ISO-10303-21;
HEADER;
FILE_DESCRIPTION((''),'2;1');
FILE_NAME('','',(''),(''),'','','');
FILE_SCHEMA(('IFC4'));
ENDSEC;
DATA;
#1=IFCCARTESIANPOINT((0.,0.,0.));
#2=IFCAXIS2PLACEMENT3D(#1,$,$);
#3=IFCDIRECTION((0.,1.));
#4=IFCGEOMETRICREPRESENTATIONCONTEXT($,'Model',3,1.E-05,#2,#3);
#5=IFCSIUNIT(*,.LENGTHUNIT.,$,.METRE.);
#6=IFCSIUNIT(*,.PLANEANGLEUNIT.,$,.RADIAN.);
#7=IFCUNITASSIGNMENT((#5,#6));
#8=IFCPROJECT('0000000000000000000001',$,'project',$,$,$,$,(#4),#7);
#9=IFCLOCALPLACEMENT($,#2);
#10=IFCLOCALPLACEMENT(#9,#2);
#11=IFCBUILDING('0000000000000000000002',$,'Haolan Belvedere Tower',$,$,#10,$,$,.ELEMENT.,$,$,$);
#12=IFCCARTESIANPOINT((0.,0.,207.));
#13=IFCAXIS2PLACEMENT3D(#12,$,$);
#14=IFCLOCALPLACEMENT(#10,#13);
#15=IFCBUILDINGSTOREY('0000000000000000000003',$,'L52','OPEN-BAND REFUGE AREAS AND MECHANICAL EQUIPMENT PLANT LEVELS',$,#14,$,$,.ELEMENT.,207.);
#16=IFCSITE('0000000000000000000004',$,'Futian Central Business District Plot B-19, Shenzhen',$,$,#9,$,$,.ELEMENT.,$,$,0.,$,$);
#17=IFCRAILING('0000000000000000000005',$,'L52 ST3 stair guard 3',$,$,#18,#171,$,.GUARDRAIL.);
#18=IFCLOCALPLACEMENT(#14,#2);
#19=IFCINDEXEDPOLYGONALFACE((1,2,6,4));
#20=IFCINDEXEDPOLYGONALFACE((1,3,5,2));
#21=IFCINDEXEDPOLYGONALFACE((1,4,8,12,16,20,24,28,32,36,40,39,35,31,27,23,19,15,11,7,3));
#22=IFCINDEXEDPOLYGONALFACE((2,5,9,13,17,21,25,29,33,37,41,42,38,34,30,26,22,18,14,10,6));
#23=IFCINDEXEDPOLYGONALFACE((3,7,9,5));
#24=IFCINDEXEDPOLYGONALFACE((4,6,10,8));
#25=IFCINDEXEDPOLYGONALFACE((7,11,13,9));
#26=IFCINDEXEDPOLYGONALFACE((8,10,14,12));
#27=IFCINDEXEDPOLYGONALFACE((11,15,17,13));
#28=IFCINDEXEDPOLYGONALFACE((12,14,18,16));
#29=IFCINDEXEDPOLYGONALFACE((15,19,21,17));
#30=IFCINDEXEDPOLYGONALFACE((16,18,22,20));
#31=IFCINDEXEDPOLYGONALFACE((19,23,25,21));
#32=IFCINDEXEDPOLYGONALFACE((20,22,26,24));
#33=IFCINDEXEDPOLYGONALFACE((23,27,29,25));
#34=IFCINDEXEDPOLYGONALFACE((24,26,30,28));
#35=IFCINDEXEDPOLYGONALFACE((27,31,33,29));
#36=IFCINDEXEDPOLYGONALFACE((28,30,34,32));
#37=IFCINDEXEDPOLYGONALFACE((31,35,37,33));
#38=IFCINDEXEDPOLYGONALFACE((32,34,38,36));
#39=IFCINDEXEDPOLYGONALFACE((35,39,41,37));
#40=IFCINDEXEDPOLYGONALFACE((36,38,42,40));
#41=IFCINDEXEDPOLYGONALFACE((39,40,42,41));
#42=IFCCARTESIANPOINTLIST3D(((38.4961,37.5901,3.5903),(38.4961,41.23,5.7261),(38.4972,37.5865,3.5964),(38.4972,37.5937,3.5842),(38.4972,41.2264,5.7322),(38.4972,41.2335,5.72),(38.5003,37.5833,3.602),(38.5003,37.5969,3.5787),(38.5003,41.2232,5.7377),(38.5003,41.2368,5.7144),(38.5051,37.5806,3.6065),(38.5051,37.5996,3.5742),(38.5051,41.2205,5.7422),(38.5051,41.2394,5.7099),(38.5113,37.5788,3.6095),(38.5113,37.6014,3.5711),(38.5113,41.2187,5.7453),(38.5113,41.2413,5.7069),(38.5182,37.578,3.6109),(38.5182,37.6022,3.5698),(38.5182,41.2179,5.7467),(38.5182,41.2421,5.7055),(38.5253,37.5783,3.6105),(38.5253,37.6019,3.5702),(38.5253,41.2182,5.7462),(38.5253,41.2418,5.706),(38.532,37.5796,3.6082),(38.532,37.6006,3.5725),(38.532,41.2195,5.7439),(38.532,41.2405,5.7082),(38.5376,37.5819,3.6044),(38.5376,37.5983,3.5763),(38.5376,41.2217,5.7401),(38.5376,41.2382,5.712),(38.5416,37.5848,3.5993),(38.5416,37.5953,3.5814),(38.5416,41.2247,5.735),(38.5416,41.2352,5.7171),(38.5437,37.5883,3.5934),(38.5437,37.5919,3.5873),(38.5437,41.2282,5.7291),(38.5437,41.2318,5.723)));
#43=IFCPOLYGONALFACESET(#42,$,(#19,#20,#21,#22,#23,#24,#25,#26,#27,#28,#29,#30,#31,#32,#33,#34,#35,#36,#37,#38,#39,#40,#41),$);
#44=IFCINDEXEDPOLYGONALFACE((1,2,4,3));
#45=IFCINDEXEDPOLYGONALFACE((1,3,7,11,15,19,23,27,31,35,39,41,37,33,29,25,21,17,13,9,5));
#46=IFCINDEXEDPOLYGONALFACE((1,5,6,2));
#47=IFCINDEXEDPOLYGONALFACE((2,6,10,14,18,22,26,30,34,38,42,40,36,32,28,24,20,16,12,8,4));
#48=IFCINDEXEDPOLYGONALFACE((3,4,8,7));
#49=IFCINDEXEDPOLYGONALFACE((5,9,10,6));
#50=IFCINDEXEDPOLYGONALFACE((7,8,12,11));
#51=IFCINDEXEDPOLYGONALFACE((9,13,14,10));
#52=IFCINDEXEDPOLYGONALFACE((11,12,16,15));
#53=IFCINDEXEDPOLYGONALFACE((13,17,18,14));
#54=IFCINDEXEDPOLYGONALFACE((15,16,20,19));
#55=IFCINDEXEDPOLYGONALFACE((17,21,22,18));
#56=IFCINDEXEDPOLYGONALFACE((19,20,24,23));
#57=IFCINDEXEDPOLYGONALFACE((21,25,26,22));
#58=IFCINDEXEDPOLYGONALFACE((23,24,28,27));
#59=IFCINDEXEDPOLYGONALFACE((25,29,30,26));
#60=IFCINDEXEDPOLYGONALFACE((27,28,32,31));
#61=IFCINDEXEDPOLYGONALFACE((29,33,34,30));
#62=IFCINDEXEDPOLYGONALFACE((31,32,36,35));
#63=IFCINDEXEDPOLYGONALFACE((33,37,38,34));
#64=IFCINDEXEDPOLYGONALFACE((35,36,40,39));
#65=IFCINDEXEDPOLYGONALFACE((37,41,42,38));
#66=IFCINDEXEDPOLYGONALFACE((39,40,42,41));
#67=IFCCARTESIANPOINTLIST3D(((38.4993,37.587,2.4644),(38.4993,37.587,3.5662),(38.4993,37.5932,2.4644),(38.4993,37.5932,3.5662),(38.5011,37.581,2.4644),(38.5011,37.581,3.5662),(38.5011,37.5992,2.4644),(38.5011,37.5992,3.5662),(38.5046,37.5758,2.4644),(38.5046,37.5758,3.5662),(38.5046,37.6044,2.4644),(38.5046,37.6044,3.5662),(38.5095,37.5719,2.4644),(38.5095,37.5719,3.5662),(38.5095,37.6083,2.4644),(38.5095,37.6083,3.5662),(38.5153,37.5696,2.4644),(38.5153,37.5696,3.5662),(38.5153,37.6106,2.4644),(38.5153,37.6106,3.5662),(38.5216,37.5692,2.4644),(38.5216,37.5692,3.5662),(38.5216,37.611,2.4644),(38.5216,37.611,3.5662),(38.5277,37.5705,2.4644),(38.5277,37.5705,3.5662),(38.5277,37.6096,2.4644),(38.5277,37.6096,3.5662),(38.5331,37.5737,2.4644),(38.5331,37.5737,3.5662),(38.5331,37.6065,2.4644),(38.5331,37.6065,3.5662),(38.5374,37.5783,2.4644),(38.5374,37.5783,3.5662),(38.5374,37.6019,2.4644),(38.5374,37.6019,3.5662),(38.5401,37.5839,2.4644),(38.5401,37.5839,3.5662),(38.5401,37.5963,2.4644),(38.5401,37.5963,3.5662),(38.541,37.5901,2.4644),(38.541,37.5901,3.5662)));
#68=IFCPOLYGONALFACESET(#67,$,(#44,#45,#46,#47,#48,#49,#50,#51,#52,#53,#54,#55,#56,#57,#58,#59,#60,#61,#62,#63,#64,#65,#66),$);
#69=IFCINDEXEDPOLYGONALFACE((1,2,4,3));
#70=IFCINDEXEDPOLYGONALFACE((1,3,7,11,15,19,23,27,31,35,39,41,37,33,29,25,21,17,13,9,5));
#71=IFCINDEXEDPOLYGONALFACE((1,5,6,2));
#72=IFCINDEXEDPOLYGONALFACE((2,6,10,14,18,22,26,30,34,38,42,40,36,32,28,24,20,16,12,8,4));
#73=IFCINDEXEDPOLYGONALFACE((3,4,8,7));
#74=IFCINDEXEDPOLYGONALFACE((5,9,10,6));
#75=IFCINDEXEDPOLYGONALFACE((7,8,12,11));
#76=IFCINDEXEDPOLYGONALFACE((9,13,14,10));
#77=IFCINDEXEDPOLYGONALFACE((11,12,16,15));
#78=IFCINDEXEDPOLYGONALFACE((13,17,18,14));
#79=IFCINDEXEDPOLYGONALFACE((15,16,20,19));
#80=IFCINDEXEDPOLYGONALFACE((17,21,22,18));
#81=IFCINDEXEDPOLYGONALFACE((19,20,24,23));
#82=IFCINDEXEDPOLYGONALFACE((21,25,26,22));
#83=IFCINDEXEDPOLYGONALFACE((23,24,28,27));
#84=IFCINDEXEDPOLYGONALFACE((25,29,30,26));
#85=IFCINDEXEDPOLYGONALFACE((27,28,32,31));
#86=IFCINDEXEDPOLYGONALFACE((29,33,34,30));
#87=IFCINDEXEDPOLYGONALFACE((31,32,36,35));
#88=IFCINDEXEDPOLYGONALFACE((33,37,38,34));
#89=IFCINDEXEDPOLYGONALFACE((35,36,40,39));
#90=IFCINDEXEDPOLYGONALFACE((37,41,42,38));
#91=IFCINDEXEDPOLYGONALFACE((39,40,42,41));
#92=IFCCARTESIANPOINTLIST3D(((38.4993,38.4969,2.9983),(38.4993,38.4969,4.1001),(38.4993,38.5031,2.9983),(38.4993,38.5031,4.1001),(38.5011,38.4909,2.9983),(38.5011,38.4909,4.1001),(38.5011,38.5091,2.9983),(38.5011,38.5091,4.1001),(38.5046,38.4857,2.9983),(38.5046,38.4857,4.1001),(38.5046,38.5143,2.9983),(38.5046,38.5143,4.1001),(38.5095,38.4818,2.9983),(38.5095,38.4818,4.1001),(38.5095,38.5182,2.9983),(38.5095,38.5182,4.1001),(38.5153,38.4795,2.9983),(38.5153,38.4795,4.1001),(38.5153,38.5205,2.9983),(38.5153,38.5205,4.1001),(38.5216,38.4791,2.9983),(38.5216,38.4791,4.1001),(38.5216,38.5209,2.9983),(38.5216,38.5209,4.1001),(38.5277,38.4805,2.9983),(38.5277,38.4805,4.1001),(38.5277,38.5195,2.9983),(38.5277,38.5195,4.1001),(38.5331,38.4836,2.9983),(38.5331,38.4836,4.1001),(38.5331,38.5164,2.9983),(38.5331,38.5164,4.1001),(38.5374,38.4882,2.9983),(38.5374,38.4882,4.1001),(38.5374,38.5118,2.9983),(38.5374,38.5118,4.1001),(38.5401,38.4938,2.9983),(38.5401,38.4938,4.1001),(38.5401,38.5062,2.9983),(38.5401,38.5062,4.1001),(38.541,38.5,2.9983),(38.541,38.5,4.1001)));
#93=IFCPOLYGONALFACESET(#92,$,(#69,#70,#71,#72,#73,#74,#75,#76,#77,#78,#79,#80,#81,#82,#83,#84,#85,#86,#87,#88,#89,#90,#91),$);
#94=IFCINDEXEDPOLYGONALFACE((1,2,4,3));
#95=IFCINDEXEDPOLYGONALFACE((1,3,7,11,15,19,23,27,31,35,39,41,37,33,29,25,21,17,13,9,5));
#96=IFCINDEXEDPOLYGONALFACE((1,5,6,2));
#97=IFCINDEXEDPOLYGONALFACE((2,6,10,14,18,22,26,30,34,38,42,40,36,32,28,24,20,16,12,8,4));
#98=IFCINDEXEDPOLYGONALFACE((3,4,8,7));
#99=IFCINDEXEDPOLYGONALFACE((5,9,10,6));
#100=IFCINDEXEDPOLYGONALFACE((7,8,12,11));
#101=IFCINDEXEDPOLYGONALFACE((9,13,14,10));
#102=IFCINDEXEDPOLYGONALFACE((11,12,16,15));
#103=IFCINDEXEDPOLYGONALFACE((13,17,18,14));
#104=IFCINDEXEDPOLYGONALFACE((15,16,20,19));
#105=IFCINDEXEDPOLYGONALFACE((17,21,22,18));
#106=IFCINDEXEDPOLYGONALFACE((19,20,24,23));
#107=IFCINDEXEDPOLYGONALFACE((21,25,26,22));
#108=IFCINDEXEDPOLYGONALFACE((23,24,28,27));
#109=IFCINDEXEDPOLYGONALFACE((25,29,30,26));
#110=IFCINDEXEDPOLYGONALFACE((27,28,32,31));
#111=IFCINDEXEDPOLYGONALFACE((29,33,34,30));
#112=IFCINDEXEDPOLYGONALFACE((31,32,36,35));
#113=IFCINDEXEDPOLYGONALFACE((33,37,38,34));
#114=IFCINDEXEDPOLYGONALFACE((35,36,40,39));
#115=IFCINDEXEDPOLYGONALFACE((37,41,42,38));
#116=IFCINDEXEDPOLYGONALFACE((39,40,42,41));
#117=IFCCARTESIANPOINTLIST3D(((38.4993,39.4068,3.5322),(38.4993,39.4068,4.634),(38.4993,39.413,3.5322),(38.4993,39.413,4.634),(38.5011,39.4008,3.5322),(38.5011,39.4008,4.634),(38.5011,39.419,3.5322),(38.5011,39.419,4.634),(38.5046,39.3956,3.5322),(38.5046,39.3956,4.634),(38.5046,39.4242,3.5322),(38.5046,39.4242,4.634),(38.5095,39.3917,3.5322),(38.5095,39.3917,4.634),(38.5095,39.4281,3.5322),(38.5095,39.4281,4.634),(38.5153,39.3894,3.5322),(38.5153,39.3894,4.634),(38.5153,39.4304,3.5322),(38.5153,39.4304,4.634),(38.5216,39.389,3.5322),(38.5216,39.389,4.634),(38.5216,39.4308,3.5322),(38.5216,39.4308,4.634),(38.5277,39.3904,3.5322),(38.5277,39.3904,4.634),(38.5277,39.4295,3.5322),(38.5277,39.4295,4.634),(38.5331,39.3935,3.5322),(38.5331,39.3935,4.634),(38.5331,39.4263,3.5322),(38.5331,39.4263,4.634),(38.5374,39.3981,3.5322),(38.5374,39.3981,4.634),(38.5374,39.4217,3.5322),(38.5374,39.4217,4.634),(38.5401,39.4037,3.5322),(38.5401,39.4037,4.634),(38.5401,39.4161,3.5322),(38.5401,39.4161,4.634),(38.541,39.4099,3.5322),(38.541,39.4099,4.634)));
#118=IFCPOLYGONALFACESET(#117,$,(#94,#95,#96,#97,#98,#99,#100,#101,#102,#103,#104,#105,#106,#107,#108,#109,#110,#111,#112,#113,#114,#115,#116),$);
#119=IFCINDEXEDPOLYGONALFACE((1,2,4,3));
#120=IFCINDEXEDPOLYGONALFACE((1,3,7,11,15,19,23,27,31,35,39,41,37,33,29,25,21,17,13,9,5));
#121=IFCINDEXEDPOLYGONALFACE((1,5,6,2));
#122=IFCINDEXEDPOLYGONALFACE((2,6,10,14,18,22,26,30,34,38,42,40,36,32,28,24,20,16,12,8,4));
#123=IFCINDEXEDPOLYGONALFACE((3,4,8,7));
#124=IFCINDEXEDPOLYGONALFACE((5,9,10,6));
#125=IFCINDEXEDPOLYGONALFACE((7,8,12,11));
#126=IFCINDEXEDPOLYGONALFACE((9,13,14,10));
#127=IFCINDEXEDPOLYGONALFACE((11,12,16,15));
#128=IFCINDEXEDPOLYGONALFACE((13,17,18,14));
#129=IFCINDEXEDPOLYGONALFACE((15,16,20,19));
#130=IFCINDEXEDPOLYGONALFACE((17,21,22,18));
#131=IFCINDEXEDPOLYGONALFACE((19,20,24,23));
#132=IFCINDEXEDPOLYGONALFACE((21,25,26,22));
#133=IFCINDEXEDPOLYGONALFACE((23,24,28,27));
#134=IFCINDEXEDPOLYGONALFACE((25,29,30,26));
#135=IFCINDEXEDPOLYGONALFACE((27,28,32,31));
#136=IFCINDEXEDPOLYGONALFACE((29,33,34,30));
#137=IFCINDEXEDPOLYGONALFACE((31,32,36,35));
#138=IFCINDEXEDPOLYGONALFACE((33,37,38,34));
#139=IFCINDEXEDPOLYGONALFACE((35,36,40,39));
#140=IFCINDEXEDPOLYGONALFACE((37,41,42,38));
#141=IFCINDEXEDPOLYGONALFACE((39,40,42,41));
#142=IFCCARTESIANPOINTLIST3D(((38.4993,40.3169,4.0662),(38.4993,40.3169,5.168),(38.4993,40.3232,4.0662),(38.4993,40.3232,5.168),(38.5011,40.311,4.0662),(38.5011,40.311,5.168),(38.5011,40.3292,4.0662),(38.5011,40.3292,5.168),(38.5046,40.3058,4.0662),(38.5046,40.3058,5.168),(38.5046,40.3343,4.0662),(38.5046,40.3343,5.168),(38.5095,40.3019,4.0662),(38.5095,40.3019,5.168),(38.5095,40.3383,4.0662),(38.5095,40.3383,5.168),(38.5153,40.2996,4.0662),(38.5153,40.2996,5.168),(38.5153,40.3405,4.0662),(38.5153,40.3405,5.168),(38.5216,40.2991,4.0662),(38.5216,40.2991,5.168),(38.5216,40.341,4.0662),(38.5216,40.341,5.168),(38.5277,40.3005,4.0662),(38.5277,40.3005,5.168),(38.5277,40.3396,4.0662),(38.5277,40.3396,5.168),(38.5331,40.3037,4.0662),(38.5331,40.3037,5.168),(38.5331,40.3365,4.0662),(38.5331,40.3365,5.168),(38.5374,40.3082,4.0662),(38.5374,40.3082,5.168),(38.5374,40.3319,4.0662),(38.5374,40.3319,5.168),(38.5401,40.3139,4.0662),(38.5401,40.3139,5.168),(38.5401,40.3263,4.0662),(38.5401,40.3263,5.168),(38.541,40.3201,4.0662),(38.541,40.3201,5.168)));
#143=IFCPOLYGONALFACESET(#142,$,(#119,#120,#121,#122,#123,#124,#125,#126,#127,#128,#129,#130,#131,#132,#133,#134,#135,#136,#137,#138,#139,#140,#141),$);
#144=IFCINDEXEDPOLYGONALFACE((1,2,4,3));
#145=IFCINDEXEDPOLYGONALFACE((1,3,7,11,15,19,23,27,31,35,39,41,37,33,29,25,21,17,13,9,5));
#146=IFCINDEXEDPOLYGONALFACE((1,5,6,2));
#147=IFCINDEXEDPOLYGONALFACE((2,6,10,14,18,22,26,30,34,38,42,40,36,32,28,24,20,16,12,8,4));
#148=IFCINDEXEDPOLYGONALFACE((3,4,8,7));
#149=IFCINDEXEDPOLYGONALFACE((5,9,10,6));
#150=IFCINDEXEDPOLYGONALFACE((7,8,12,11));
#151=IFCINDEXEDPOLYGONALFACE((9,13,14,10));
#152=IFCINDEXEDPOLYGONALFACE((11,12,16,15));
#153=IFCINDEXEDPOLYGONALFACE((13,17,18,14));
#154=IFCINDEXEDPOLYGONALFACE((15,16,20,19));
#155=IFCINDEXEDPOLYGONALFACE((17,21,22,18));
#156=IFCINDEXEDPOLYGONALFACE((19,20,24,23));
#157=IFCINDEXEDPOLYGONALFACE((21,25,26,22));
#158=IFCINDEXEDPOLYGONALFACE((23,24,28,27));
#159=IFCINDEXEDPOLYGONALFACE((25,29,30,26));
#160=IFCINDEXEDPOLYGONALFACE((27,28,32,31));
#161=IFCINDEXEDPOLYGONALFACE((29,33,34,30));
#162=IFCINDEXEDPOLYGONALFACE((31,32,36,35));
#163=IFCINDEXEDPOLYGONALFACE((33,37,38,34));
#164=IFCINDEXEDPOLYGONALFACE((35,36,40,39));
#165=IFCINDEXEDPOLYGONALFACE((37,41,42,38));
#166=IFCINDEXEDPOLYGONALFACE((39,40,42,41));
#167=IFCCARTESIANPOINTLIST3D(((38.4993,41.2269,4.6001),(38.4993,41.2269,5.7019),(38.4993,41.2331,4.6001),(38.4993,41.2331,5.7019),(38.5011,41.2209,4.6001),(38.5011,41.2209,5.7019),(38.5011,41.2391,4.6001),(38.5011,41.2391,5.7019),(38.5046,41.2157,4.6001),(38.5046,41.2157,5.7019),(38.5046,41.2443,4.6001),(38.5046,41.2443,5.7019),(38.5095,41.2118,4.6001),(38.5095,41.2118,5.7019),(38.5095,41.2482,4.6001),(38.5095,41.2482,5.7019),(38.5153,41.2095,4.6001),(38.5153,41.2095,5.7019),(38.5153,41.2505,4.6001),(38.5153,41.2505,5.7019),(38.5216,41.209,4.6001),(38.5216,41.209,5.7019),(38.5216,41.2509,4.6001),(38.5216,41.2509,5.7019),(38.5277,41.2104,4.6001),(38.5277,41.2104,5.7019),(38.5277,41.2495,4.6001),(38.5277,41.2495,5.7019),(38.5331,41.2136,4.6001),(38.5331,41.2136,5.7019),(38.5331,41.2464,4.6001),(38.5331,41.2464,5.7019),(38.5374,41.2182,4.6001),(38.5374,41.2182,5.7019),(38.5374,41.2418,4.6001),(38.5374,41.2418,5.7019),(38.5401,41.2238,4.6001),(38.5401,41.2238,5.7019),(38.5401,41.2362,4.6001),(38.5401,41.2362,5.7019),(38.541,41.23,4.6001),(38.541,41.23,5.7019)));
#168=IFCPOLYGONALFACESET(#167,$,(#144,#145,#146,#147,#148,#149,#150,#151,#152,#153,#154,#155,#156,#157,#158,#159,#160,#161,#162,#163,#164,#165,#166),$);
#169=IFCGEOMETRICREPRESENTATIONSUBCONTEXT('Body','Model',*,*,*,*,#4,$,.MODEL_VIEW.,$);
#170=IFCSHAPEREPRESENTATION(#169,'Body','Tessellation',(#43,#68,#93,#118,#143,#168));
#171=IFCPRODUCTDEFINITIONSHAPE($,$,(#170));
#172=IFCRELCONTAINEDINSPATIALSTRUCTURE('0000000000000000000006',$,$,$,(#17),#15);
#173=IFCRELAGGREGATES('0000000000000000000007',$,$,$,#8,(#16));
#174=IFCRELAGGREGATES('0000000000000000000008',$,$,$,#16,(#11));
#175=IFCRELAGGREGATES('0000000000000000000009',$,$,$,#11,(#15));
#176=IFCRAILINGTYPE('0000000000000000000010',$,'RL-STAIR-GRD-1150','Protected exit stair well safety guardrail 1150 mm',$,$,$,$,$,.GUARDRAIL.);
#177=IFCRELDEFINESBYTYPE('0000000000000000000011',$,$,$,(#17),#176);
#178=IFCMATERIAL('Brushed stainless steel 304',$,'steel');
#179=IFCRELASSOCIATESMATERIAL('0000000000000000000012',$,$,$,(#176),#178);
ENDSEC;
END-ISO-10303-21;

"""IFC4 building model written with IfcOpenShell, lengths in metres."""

from ifc_helpers import new_model, si_unit, direction, frame, origin, origin_2d, place, context, subcontext, project, spatial, circle, extrude, material, type_object, element, save


model = new_model("IFC4")

# Units and contexts
model_context = context("Model", 3, precision=1e-05, world=origin(), true_north=direction((0.0, 1.0)))
body_context = subcontext(model_context, "Body", "Model", "MODEL_VIEW")
ifc_project = project(units=[si_unit("LENGTHUNIT", "METRE"), si_unit("PLANEANGLEUNIT", "RADIAN")], contexts=[model_context])

# Site, building, storey
site_placement = place(None, origin())
site = spatial("IfcSite", under=ifc_project, at=site_placement, Name="Futian Central Business District Plot B-19, Shenzhen", CompositionType="ELEMENT", RefElevation=0.0)
building_placement = place(site_placement, origin())
building = spatial("IfcBuilding", under=site, at=building_placement, Name="Haolan Belvedere Tower", CompositionType="ELEMENT")
storey_placement = place(building_placement, frame((0.0, 0.0, 207.0)))
storey = spatial("IfcBuildingStorey", under=building, at=storey_placement, Name="L52", Description="OPEN-BAND REFUGE AREAS AND MECHANICAL EQUIPMENT PLANT LEVELS", CompositionType="ELEMENT", Elevation=207.0)

# Railing
ifc_material_1 = material(Name="Brushed stainless steel 304", Category="steel")
railing_type_1 = type_object("IfcRailingType", Name="RL-STAIR-GRD-1150", Description="Protected exit stair well safety guardrail 1150 mm", PredefinedType="GUARDRAIL", material=ifc_material_1)
railing_1_placement = place(storey_placement, frame((38.52, 37.5901, 2.4644)))
element("IfcRailing", 1, at=railing_1_placement, inside=storey, type_object=railing_type_1, Name="L52 ST3 stair guard 3", PredefinedType="GUARDRAIL", context=body_context, shape_type="SweptSolid", body=[
    extrude(circle(Radius=0.0239, at=origin_2d()), frame((0.0, 0.0, 1.126), z_axis=(0.0, 0.86249, 0.506074), x_axis=(-1.0, 0.0, 0.0)), (0.0, 0.0, 1.0), 4.2202),
    extrude(circle(Radius=0.021, at=origin_2d()), origin(), (0.0, 0.0, 1.0), 1.1018),
    extrude(circle(Radius=0.021, at=origin_2d()), frame((0.0, 0.9099, 0.5339)), (0.0, 0.0, 1.0), 1.1018),
    extrude(circle(Radius=0.021, at=origin_2d()), frame((0.0, 1.8198, 1.0679)), (0.0, 0.0, 1.0), 1.1018),
    extrude(circle(Radius=0.021, at=origin_2d()), frame((0.0, 2.73, 1.6018)), (0.0, 0.0, 1.0), 1.1018),
    extrude(circle(Radius=0.021, at=origin_2d()), frame((0.0, 3.6399, 2.1357)), (0.0, 0.0, 1.0), 1.1018),
])

save(model, "model.ifc")
